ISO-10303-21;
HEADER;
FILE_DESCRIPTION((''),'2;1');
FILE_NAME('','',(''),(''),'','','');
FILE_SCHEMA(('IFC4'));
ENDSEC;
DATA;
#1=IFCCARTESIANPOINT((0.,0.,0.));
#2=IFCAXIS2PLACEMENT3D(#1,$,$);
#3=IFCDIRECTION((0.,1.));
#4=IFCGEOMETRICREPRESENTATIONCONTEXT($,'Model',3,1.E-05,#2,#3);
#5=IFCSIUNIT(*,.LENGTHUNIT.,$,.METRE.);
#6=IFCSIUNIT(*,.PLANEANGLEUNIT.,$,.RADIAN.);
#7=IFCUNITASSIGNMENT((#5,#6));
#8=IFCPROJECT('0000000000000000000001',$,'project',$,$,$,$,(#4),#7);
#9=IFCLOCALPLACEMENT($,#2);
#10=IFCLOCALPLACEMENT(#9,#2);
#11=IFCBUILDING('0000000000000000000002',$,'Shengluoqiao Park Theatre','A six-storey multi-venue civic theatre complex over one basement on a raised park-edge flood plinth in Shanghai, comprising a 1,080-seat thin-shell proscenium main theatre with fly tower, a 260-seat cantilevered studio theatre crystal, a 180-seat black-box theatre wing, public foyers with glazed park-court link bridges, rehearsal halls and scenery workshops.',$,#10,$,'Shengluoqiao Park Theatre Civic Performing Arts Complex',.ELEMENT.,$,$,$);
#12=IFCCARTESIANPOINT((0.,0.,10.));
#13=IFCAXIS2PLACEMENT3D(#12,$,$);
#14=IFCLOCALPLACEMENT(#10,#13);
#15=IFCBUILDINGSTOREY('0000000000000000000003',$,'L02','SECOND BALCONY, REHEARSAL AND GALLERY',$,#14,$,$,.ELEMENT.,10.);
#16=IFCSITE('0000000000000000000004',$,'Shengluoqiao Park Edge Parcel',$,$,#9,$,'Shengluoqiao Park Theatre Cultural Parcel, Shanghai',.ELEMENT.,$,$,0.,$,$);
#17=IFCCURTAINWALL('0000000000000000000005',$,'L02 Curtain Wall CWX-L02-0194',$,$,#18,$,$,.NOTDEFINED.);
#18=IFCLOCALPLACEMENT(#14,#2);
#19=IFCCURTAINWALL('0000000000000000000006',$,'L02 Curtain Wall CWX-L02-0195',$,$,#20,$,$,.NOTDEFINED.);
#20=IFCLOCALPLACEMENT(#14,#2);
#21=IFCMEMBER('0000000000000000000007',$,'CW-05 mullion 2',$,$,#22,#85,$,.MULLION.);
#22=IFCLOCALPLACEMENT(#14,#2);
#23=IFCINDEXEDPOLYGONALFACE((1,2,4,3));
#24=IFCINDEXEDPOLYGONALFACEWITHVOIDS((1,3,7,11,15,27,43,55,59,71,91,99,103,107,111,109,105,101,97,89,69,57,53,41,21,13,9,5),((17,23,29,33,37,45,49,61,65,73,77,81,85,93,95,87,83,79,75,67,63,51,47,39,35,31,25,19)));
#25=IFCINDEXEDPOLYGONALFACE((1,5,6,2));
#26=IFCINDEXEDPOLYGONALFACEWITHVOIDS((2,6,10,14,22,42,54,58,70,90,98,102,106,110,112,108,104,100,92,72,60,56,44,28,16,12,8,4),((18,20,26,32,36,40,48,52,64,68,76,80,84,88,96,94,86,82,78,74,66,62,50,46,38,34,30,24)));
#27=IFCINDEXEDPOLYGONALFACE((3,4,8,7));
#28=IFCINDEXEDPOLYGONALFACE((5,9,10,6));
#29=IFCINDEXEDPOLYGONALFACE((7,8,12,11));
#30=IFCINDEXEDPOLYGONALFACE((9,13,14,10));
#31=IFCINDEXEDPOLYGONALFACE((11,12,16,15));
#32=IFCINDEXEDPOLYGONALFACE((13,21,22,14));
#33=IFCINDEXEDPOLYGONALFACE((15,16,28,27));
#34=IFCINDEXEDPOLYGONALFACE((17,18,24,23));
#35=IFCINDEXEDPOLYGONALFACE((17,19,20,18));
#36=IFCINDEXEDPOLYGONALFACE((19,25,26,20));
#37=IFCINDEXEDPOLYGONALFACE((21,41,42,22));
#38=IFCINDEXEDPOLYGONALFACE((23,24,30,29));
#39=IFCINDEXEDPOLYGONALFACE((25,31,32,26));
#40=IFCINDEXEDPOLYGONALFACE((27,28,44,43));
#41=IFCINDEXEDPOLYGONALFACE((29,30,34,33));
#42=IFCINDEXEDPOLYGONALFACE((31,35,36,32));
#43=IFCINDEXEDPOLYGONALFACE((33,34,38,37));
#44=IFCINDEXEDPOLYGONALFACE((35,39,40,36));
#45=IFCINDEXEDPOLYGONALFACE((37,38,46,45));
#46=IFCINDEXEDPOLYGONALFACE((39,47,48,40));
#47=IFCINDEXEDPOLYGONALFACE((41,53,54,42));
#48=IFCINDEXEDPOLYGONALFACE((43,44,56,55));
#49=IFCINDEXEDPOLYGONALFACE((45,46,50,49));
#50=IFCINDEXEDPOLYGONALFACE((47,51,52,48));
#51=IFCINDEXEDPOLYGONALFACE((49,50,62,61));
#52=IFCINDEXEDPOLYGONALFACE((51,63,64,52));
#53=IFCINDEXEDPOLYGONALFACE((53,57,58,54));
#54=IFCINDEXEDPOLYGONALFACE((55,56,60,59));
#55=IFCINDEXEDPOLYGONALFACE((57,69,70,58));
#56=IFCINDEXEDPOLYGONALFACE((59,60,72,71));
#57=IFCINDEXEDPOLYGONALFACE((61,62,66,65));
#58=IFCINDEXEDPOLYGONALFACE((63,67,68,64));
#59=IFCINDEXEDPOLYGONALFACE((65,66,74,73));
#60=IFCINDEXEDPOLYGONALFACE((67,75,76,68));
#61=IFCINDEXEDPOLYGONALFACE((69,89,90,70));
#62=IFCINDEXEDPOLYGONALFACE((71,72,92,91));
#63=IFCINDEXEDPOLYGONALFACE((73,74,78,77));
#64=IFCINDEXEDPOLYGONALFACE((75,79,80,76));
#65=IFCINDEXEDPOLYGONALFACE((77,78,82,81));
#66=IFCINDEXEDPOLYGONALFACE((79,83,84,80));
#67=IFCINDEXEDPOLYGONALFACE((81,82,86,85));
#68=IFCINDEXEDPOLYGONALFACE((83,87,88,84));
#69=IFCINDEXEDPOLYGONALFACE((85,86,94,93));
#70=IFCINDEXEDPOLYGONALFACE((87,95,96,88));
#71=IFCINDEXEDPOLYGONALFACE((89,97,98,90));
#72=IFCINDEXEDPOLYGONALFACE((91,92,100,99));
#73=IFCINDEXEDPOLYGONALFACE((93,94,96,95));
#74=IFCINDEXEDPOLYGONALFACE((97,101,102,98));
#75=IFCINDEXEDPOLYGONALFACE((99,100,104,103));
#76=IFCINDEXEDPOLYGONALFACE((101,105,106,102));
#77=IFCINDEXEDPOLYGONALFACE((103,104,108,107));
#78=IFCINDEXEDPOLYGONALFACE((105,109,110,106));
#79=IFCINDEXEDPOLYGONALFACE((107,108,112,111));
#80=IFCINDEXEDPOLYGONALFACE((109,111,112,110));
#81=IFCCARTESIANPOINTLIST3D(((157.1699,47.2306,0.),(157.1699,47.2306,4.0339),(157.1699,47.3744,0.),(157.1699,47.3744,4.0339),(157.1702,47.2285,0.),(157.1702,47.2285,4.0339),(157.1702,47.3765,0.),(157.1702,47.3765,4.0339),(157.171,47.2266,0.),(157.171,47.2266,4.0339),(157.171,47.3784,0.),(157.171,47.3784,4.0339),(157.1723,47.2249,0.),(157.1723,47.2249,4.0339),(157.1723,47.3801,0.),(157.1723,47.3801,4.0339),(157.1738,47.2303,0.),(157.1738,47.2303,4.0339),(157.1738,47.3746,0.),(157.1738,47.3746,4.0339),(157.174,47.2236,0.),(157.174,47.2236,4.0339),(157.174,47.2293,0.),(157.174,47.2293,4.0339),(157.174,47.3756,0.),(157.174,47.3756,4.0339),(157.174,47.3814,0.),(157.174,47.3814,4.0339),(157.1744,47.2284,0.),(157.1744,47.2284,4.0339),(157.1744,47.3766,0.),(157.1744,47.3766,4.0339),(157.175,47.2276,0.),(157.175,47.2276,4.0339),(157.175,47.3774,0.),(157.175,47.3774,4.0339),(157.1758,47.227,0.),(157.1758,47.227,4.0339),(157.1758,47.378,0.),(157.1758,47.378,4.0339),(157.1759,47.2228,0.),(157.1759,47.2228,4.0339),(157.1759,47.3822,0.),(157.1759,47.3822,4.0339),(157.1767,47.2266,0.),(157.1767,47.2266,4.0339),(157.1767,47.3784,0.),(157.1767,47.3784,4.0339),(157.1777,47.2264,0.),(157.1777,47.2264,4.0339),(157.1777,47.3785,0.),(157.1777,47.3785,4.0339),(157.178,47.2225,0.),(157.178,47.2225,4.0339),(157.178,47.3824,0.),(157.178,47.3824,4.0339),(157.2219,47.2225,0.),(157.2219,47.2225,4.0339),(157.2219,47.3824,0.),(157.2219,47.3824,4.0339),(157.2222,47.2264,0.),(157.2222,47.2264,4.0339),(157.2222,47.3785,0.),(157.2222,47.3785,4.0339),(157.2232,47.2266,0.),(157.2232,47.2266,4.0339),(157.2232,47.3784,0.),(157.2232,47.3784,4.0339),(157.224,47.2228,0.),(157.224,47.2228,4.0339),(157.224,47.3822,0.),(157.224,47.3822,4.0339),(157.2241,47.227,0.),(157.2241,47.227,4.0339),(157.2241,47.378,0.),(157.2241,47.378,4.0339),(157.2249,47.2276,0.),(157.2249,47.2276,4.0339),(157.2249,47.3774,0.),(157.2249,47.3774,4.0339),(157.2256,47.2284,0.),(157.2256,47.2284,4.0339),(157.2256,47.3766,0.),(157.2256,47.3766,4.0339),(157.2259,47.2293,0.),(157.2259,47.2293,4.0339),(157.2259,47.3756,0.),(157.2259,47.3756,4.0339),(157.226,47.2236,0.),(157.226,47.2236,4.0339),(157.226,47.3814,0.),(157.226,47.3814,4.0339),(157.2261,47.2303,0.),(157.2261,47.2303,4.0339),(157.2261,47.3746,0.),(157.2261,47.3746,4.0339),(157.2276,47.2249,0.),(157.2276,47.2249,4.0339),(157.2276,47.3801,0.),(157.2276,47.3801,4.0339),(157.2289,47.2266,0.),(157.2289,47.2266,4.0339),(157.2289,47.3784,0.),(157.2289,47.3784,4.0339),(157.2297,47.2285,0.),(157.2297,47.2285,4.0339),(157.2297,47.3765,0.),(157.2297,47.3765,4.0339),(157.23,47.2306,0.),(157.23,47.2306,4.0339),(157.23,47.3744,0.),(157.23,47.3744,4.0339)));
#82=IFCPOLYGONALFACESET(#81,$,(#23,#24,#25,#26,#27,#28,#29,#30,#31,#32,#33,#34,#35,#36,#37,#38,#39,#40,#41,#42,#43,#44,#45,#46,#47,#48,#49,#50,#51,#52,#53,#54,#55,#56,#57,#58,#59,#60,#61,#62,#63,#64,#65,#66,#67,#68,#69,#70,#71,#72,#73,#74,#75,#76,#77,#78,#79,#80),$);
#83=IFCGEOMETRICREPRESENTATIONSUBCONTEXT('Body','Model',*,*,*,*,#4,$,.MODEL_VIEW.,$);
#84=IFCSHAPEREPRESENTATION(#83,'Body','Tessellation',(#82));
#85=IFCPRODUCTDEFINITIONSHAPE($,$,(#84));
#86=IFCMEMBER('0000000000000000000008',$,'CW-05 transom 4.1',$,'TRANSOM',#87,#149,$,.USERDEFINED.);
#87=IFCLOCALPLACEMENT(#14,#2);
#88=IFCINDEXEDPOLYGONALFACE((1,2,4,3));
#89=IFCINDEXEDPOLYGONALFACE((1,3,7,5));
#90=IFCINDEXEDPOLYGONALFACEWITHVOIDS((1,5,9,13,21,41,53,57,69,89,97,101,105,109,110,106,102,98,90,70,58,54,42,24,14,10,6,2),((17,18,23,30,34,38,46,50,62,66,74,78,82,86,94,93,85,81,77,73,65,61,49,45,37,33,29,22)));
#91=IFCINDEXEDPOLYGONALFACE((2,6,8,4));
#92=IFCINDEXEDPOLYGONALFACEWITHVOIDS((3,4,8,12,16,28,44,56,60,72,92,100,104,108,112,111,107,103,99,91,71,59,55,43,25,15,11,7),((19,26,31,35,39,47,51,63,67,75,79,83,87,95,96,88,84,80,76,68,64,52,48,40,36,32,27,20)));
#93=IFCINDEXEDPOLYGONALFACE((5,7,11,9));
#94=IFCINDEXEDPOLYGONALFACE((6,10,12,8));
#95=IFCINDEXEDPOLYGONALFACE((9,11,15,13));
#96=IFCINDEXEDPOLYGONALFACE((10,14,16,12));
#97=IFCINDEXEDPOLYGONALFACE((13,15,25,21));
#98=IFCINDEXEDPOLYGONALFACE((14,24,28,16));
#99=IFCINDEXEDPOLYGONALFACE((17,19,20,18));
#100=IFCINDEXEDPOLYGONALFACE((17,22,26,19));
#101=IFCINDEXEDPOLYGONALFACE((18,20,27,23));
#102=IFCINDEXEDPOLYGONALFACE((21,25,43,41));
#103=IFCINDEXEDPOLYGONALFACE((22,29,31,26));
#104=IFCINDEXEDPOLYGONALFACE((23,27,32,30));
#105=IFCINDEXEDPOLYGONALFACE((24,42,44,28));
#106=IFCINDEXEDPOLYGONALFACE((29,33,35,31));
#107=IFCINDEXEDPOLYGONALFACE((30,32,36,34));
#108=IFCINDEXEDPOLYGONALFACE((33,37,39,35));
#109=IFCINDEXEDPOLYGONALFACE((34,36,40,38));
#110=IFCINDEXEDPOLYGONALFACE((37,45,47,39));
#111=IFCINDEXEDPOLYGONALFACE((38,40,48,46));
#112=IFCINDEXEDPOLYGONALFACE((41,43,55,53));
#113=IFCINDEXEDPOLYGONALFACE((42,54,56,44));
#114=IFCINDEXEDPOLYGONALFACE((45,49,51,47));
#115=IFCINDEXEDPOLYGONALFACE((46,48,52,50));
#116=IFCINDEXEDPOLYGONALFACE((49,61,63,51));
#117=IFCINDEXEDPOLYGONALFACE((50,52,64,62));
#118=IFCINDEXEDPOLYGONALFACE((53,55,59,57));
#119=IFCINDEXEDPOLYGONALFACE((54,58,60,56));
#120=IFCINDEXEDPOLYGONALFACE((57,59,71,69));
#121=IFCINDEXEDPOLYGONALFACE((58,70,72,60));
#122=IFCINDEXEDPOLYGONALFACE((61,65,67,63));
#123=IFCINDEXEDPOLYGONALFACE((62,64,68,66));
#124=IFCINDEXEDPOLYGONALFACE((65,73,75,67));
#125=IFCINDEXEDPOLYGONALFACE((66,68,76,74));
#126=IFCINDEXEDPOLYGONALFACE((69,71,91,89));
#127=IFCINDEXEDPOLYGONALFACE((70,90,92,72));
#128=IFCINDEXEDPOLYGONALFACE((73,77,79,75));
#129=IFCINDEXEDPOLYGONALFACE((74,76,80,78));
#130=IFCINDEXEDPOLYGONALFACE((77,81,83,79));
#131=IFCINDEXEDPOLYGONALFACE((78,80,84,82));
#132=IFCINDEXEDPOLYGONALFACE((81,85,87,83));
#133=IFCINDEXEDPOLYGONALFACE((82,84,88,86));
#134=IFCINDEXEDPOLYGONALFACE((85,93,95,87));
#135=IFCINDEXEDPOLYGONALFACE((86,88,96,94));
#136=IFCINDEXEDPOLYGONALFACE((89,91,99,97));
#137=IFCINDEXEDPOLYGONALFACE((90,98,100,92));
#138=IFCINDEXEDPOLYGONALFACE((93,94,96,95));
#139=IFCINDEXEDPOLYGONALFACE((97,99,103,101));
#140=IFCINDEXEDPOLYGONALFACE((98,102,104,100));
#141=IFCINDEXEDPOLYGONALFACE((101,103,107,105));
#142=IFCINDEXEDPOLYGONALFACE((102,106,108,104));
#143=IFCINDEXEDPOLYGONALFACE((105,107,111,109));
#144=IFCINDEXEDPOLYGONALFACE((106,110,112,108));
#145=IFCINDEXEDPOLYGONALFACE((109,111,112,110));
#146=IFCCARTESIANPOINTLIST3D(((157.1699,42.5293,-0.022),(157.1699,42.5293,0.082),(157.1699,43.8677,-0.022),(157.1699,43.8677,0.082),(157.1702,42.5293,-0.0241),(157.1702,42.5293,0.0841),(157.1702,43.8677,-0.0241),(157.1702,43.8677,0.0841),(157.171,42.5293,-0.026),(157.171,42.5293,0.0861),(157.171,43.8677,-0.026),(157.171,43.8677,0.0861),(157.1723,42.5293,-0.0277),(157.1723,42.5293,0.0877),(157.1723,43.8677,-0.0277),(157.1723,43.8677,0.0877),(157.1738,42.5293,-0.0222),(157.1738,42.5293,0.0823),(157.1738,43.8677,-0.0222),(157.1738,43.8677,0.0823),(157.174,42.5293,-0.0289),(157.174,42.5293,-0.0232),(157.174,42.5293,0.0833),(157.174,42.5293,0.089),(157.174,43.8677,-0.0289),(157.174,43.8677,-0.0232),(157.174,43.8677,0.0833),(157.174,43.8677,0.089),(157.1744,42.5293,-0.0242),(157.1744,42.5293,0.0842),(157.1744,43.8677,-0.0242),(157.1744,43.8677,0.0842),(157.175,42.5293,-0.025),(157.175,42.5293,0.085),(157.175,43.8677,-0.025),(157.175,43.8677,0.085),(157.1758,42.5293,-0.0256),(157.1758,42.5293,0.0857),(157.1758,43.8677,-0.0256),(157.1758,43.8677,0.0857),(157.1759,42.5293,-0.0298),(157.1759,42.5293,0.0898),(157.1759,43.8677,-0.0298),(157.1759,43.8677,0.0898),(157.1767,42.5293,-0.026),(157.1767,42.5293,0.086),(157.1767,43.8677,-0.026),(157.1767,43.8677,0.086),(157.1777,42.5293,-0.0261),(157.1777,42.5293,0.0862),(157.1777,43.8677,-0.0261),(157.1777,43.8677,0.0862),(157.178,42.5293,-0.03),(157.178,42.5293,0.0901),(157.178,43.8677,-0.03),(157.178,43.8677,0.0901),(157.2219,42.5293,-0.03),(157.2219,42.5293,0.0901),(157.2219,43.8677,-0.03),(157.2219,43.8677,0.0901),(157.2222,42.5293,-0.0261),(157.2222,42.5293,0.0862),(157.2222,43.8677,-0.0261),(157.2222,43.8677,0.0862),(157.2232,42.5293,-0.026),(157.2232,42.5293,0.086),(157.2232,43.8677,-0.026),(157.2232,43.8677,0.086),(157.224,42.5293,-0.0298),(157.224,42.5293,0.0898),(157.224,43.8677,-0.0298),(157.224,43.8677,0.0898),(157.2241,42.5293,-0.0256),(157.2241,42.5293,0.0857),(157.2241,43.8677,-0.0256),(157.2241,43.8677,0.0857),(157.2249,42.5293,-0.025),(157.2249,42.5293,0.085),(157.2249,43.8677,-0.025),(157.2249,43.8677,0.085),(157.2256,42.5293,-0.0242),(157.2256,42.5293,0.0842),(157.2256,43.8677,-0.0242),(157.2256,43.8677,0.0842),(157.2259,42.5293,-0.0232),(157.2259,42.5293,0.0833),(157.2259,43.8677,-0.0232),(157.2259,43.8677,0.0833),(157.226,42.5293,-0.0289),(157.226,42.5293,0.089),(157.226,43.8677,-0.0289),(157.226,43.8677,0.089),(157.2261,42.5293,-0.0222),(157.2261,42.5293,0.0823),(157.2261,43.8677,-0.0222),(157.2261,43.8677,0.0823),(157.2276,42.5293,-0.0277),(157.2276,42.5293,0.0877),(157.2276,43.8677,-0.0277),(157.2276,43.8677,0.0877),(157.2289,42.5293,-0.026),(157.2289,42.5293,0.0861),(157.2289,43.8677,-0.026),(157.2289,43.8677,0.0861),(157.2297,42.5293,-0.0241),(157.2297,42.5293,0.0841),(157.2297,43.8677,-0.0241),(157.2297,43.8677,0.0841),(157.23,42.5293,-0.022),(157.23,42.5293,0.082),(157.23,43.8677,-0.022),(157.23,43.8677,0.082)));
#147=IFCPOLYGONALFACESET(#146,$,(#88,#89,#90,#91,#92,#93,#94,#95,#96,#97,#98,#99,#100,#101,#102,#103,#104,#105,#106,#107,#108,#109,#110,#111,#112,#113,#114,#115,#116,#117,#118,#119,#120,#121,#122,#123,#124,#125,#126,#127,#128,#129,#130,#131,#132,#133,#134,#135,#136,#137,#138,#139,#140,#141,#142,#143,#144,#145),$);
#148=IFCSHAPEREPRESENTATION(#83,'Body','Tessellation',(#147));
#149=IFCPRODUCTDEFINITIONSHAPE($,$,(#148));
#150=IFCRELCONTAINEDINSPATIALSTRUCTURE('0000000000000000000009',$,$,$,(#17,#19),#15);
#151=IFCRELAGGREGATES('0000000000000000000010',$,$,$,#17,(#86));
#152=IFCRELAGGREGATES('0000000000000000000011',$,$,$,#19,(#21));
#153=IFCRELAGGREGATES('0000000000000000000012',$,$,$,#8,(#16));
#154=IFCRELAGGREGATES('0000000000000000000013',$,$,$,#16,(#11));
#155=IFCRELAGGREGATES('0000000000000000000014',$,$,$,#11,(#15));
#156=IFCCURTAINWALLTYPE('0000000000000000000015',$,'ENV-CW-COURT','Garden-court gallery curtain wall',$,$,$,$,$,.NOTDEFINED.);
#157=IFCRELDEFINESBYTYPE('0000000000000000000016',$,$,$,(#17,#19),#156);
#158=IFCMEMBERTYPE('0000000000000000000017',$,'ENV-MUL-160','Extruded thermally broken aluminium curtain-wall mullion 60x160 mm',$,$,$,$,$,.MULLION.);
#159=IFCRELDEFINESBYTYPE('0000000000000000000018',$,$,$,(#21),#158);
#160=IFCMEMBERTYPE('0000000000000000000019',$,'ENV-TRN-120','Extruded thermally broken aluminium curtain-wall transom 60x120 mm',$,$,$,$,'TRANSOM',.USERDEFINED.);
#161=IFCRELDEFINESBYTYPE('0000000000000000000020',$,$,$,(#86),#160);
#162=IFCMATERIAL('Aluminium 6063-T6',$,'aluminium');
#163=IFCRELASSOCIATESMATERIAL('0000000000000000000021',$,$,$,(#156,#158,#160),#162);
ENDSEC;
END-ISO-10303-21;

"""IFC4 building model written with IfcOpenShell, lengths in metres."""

from ifc_helpers import new_model, si_unit, direction, frame, origin, origin_2d, place, context, subcontext, project, spatial, hollow_rectangle, extrude, material, material_profile, profile_set, type_object, element, aggregate, save


model = new_model("IFC4")

# Units and contexts
model_context = context("Model", 3, precision=1e-05, world=origin(), true_north=direction((0.0, 1.0)))
body_context = subcontext(model_context, "Body", "Model", "MODEL_VIEW")
ifc_project = project(units=[si_unit("LENGTHUNIT", "METRE"), si_unit("PLANEANGLEUNIT", "RADIAN")], contexts=[model_context])

# Site, building, storey
site_placement = place(None, origin())
site = spatial("IfcSite", under=ifc_project, at=site_placement, Name="Shengluoqiao Park Edge Parcel", LongName="Shengluoqiao Park Theatre Cultural Parcel, Shanghai", CompositionType="ELEMENT", RefElevation=0.0)
building_placement = place(site_placement, origin())
building = spatial("IfcBuilding", under=site, at=building_placement, Name="Shengluoqiao Park Theatre", Description="A six-storey multi-venue civic theatre complex over one basement on a raised park-edge flood plinth in Shanghai, comprising a 1,080-seat thin-shell proscenium main theatre with fly tower, a 260-seat cantilevered studio theatre crystal, a 180-seat black-box theatre wing, public foyers with glazed park-court link bridges, rehearsal halls and scenery workshops.", LongName="Shengluoqiao Park Theatre Civic Performing Arts Complex", CompositionType="ELEMENT")
storey_placement = place(building_placement, frame((0.0, 0.0, 10.0)))
storey = spatial("IfcBuildingStorey", under=building, at=storey_placement, Name="L02", Description="SECOND BALCONY, REHEARSAL AND GALLERY", CompositionType="ELEMENT", Elevation=10.0)

# Curtain walls, member
ifc_material_1 = material(Name="Aluminium 6063-T6", Category="aluminium")
curtain_wall_type = type_object("IfcCurtainWallType", Name="ENV-CW-COURT", Description="Garden-court gallery curtain wall", PredefinedType="NOTDEFINED", material=ifc_material_1)
curtain_wall_1_placement = place(storey_placement, origin())
curtain_wall_1 = element("IfcCurtainWall", 1, at=curtain_wall_1_placement, inside=storey, type_object=curtain_wall_type, Name="L02 Curtain Wall CWX-L02-0194", PredefinedType="NOTDEFINED")
ifc_material_profile_1 = material_profile(ifc_material_1, hollow_rectangle(XDim=0.0601, YDim=0.1599, WallThickness=0.0039, InnerFilletRadius=0.0039, OuterFilletRadius=0.0081, at=origin_2d()), Name="ALU MULLION 160x60x4")
ifc_profile_set_1 = profile_set([ifc_material_profile_1], Name="Aluminium 6063-T6")
member_type_1 = type_object("IfcMemberType", Name="ENV-MUL-160", Description="Extruded thermally broken aluminium curtain-wall mullion 60x160 mm", PredefinedType="MULLION", material=ifc_profile_set_1)
curtain_wall_2_placement = place(storey_placement, origin())
curtain_wall_2 = element("IfcCurtainWall", 2, at=curtain_wall_2_placement, inside=storey, type_object=curtain_wall_type, Name="L02 Curtain Wall CWX-L02-0195", PredefinedType="NOTDEFINED")
member_1_placement = place(storey_placement, frame((157.2, 47.3025, 0.0), z_axis=(0.0, 0.0, 1.0), x_axis=(-1.0, 0.0, 0.0)))
member_1 = element("IfcMember", 3, at=member_1_placement, type_object=member_type_1, Name="CW-05 mullion 2", PredefinedType="MULLION", context=body_context, shape_type="SweptSolid", body=[
    extrude(hollow_rectangle(XDim=0.0601, YDim=0.1599, WallThickness=0.0039, InnerFilletRadius=0.0039, OuterFilletRadius=0.0081, at=origin_2d()), origin(), (0.0, 0.0, 1.0), 4.0339),
])

# Member
ifc_material_profile_2 = material_profile(ifc_material_1, hollow_rectangle(XDim=0.0601, YDim=0.1201, WallThickness=0.0039, InnerFilletRadius=0.0039, OuterFilletRadius=0.0081, at=origin_2d()), Name="ALU TRANSOM 120x60x4")
ifc_profile_set_2 = profile_set([ifc_material_profile_2], Name="Aluminium 6063-T6")
member_type_2 = type_object("IfcMemberType", Name="ENV-TRN-120", Description="Extruded thermally broken aluminium curtain-wall transom 60x120 mm", ElementType="TRANSOM", PredefinedType="USERDEFINED", material=ifc_profile_set_2)
member_2_placement = place(storey_placement, frame((157.2, 42.5293, 0.03), z_axis=(0.0, 1.0, 0.0), x_axis=(-1.0, 0.0, 0.0)))
member_2 = element("IfcMember", 4, at=member_2_placement, type_object=member_type_2, Name="CW-05 transom 4.1", ObjectType="TRANSOM", PredefinedType="USERDEFINED", context=body_context, shape_type="SweptSolid", body=[
    extrude(hollow_rectangle(XDim=0.0601, YDim=0.1201, WallThickness=0.0039, InnerFilletRadius=0.0039, OuterFilletRadius=0.0081, at=origin_2d()), origin(), (0.0, 0.0, 1.0), 1.3384),
])

aggregate(curtain_wall_1, [member_2])
aggregate(curtain_wall_2, [member_1])

save(model, "model.ifc")
